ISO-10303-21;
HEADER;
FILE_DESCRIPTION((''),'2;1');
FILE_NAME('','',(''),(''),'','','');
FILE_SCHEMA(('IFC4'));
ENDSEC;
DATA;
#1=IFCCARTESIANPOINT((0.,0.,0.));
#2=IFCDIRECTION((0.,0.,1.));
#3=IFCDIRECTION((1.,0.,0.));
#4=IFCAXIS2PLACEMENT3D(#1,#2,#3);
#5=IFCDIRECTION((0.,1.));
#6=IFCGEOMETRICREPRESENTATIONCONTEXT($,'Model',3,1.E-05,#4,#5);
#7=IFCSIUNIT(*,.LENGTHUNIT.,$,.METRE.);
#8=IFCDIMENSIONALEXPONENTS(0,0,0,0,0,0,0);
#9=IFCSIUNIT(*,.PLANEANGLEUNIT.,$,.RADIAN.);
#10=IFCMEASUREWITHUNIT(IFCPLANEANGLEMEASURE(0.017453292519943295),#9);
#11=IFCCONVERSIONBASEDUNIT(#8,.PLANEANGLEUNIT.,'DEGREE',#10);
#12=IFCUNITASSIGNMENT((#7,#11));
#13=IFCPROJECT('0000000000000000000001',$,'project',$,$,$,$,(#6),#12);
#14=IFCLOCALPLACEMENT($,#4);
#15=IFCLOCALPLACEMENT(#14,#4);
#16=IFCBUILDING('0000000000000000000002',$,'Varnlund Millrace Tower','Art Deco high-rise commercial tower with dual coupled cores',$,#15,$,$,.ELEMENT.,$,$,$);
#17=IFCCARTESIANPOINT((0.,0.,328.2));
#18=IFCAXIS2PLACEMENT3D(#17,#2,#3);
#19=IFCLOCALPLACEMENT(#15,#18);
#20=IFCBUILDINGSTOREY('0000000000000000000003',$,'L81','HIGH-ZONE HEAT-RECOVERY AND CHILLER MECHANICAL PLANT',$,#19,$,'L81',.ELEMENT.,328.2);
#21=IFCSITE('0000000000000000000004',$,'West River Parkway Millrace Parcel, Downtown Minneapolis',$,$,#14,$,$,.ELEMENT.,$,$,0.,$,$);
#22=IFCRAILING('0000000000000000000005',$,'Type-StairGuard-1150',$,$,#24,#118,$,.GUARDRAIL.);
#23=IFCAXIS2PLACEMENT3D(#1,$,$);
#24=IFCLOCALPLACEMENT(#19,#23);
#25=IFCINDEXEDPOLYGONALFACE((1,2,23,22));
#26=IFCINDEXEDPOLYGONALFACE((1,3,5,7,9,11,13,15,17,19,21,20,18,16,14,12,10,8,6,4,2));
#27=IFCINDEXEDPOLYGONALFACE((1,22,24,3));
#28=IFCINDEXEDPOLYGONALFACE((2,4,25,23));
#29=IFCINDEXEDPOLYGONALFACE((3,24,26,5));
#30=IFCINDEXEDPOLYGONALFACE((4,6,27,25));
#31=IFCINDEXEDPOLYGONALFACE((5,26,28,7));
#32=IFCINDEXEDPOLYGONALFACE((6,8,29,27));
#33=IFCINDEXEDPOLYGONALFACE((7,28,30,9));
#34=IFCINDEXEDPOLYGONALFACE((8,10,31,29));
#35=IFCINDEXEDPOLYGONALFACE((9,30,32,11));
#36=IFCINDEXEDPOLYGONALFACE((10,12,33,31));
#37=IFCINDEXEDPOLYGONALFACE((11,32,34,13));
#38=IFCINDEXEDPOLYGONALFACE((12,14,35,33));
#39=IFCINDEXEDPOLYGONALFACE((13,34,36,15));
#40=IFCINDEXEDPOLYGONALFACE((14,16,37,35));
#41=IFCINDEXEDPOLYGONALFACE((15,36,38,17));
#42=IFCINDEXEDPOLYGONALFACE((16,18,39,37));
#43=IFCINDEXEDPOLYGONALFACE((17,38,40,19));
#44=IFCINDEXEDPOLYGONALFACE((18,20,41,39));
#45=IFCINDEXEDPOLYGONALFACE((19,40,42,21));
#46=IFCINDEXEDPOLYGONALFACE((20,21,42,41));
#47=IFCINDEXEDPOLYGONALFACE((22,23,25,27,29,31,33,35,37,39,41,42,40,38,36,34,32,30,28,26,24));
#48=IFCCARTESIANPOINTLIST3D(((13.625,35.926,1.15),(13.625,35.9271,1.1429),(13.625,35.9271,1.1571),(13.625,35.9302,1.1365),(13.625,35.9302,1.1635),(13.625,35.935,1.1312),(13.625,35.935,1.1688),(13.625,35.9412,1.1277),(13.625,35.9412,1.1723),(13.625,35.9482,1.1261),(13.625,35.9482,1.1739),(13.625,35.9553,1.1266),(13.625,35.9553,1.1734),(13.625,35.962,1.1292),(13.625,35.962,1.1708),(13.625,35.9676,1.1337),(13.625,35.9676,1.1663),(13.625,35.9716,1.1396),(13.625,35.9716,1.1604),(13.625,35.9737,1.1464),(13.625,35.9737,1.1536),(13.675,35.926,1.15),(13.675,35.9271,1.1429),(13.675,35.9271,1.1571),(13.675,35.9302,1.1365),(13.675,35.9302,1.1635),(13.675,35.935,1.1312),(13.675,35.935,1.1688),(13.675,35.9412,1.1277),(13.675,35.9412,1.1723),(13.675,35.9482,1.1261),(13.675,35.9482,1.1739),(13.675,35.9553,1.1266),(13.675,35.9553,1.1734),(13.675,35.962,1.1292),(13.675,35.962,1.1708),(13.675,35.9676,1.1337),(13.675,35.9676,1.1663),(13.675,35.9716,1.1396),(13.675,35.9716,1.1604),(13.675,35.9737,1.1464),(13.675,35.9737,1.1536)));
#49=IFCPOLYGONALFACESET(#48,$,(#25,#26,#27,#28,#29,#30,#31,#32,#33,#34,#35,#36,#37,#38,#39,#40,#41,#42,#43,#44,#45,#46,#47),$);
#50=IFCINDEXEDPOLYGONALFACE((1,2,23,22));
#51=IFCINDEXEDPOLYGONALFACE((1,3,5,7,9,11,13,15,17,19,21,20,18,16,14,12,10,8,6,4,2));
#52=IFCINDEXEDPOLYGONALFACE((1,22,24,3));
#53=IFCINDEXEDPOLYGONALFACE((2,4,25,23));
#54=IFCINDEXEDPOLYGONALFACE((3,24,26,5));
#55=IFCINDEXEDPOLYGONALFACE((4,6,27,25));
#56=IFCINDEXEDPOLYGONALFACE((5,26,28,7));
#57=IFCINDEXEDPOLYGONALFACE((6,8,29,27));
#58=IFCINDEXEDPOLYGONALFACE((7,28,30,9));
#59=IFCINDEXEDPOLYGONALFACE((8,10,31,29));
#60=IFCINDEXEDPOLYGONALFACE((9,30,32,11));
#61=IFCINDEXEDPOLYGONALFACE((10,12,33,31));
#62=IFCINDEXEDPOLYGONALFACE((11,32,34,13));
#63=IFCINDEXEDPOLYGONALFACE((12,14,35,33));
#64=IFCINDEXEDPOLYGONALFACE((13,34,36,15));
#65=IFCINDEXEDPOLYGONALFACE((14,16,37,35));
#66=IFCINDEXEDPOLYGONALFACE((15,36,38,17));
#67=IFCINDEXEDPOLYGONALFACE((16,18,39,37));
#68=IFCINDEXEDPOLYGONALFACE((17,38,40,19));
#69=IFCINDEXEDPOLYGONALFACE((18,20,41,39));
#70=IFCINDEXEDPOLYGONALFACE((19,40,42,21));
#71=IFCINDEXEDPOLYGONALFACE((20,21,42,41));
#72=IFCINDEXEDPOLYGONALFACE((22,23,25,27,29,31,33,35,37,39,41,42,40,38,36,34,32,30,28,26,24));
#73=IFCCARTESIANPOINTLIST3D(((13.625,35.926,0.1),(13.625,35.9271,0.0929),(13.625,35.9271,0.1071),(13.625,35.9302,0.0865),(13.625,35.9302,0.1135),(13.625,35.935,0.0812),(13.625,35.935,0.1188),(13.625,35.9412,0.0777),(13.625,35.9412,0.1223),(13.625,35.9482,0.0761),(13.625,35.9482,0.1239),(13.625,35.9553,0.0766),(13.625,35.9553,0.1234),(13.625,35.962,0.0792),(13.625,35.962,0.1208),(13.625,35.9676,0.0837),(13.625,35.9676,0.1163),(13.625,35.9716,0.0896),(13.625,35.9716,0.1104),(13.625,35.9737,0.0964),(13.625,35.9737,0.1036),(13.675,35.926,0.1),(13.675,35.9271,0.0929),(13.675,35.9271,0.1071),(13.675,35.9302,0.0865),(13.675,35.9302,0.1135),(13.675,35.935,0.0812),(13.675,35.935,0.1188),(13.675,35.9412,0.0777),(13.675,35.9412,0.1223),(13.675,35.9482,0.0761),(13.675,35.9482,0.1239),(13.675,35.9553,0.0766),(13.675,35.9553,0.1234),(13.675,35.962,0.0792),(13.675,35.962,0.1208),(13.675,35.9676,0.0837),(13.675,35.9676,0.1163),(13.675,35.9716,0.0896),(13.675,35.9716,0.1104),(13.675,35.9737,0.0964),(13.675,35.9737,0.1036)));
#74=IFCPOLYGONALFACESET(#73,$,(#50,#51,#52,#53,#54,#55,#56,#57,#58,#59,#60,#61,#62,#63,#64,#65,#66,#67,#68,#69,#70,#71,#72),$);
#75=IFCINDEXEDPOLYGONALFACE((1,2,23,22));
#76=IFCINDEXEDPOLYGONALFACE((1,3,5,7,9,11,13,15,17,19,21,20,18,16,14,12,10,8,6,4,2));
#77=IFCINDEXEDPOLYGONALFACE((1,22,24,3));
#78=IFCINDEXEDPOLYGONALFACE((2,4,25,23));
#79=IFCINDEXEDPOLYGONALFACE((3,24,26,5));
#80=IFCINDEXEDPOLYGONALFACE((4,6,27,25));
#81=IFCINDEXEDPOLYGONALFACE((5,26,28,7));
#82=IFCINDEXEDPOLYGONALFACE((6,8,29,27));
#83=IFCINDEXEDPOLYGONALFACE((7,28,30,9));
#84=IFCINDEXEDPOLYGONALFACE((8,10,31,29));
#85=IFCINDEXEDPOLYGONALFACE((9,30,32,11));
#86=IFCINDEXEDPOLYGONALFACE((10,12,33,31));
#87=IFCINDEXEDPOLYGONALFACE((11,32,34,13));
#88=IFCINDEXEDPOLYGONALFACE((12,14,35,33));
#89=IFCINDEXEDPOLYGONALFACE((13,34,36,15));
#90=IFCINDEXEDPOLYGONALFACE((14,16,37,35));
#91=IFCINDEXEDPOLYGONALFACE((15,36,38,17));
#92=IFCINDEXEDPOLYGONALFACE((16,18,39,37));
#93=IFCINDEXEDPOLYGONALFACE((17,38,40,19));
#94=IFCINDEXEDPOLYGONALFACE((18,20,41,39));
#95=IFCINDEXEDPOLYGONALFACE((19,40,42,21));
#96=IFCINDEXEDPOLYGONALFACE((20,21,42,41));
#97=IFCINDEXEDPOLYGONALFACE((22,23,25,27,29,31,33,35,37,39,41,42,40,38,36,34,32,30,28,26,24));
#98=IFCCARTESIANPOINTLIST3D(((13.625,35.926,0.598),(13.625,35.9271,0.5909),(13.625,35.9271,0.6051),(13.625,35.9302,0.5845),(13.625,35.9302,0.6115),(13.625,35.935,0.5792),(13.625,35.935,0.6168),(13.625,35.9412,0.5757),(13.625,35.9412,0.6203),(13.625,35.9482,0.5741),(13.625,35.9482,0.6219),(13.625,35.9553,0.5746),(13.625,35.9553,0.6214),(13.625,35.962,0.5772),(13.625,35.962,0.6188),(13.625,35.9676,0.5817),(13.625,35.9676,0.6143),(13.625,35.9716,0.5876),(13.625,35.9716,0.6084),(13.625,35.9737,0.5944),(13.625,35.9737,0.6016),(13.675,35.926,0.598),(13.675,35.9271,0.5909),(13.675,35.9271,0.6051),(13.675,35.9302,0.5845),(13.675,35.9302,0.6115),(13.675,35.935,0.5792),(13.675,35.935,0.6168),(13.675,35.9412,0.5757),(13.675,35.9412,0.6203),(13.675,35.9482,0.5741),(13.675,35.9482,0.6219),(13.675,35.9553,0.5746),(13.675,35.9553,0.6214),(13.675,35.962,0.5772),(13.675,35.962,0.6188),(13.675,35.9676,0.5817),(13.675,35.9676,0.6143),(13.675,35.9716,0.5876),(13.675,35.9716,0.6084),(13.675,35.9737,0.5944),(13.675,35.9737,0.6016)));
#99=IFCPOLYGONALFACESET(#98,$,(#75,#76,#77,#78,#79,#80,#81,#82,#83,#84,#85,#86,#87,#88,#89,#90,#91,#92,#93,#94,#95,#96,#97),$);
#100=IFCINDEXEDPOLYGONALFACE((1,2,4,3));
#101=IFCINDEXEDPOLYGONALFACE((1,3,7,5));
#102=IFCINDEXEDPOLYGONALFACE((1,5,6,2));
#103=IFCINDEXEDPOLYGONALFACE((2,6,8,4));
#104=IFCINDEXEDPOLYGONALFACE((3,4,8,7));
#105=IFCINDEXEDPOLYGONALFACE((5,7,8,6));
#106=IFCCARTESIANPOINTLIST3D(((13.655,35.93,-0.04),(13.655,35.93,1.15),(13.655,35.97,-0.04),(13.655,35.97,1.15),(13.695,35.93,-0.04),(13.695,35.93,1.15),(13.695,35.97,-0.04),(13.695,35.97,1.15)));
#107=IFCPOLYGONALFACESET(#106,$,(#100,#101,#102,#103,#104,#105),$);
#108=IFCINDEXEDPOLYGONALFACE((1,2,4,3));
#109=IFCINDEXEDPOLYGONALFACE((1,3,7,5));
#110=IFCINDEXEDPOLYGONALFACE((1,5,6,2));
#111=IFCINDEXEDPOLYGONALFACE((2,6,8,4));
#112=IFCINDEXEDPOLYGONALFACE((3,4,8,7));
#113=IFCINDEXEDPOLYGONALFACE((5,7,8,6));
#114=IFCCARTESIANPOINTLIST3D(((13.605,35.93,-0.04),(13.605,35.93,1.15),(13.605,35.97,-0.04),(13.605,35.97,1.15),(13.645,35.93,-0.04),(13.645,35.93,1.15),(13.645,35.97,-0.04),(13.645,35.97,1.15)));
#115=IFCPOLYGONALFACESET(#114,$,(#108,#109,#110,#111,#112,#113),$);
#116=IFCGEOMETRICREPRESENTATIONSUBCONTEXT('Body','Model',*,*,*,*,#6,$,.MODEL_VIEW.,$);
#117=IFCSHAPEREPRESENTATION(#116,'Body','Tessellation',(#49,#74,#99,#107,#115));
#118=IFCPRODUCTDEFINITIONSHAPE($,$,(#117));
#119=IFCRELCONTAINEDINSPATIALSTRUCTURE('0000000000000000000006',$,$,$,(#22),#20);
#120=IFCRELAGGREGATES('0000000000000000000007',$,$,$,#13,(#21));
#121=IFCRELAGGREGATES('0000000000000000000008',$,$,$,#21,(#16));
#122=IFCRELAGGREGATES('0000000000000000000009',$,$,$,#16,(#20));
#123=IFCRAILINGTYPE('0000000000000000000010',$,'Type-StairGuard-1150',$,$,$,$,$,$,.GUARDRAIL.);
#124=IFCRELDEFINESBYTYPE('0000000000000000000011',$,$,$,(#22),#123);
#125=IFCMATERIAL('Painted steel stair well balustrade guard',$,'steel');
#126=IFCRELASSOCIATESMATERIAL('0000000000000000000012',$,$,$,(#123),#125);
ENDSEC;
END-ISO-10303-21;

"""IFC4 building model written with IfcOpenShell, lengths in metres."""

from ifc_helpers import new_model, entity, si_unit, converted_unit, direction, frame, origin_with_axes, origin_2d_with_axis, place, context, subcontext, project, spatial, rectangle, circle, extrude, material, type_object, element, save


model = new_model("IFC4")

# Units and contexts
model_context = context("Model", 3, precision=1e-05, world=origin_with_axes(), true_north=direction((0.0, 1.0)))
body_context = subcontext(model_context, "Body", "Model", "MODEL_VIEW")
ifc_project = project(units=[si_unit("LENGTHUNIT", "METRE"), converted_unit("PLANEANGLEUNIT", "DEGREE", entity("IfcPlaneAngleMeasure", 0.017453292519943295), si_unit("PLANEANGLEUNIT", "RADIAN"), dimensions=[0, 0, 0, 0, 0, 0, 0])], contexts=[model_context])

# Site, building, storey
site_placement = place(None, origin_with_axes())
site = spatial("IfcSite", under=ifc_project, at=site_placement, Name="West River Parkway Millrace Parcel, Downtown Minneapolis", CompositionType="ELEMENT", RefElevation=0.0)
building_placement = place(site_placement, origin_with_axes())
building = spatial("IfcBuilding", under=site, at=building_placement, Name="Varnlund Millrace Tower", Description="Art Deco high-rise commercial tower with dual coupled cores", CompositionType="ELEMENT")
storey_placement = place(building_placement, frame((0.0, 0.0, 328.2), z_axis=(0.0, 0.0, 1.0), x_axis=(1.0, 0.0, 0.0)))
storey = spatial("IfcBuildingStorey", under=building, at=storey_placement, Name="L81", Description="HIGH-ZONE HEAT-RECOVERY AND CHILLER MECHANICAL PLANT", LongName="L81", CompositionType="ELEMENT", Elevation=328.2)

# Railing
ifc_material_1 = material(Name="Painted steel stair well balustrade guard", Category="steel")
railing_type_1 = type_object("IfcRailingType", Name="Type-StairGuard-1150", PredefinedType="GUARDRAIL", material=ifc_material_1)
railing_1_placement = place(storey_placement, frame((0.0, 0.0, -328.2), z_axis=(0.0, 0.0, 1.0), x_axis=(1.0, 0.0, 0.0)))
element("IfcRailing", 1, at=railing_1_placement, inside=storey, type_object=railing_type_1, Name="Type-StairGuard-1150", PredefinedType="GUARDRAIL", context=body_context, shape_type="SweptSolid", body=[
    extrude(circle(Radius=0.024, at=origin_2d_with_axis()), frame((13.675, 35.95, 329.35), z_axis=(-1.0, 0.0, 0.0), x_axis=(0.0, -1.0, 0.0)), (0.0, 0.0, 1.0), 0.05),
    extrude(circle(Radius=0.024, at=origin_2d_with_axis()), frame((13.675, 35.95, 328.3), z_axis=(-1.0, 0.0, 0.0), x_axis=(0.0, -1.0, 0.0)), (0.0, 0.0, 1.0), 0.05),
    extrude(circle(Radius=0.024, at=origin_2d_with_axis()), frame((13.675, 35.95, 328.798), z_axis=(-1.0, 0.0, 0.0), x_axis=(0.0, -1.0, 0.0)), (0.0, 0.0, 1.0), 0.05),
    extrude(rectangle(XDim=0.04, YDim=0.04, at=origin_2d_with_axis()), frame((13.675, 35.95, 328.16), z_axis=(0.0, 0.0, 1.0), x_axis=(1.0, 0.0, 0.0)), (0.0, 0.0, 1.0), 1.19),
    extrude(rectangle(XDim=0.04, YDim=0.04, at=origin_2d_with_axis()), frame((13.625, 35.95, 328.16), z_axis=(0.0, 0.0, 1.0), x_axis=(1.0, 0.0, 0.0)), (0.0, 0.0, 1.0), 1.19),
])

save(model, "model.ifc")
